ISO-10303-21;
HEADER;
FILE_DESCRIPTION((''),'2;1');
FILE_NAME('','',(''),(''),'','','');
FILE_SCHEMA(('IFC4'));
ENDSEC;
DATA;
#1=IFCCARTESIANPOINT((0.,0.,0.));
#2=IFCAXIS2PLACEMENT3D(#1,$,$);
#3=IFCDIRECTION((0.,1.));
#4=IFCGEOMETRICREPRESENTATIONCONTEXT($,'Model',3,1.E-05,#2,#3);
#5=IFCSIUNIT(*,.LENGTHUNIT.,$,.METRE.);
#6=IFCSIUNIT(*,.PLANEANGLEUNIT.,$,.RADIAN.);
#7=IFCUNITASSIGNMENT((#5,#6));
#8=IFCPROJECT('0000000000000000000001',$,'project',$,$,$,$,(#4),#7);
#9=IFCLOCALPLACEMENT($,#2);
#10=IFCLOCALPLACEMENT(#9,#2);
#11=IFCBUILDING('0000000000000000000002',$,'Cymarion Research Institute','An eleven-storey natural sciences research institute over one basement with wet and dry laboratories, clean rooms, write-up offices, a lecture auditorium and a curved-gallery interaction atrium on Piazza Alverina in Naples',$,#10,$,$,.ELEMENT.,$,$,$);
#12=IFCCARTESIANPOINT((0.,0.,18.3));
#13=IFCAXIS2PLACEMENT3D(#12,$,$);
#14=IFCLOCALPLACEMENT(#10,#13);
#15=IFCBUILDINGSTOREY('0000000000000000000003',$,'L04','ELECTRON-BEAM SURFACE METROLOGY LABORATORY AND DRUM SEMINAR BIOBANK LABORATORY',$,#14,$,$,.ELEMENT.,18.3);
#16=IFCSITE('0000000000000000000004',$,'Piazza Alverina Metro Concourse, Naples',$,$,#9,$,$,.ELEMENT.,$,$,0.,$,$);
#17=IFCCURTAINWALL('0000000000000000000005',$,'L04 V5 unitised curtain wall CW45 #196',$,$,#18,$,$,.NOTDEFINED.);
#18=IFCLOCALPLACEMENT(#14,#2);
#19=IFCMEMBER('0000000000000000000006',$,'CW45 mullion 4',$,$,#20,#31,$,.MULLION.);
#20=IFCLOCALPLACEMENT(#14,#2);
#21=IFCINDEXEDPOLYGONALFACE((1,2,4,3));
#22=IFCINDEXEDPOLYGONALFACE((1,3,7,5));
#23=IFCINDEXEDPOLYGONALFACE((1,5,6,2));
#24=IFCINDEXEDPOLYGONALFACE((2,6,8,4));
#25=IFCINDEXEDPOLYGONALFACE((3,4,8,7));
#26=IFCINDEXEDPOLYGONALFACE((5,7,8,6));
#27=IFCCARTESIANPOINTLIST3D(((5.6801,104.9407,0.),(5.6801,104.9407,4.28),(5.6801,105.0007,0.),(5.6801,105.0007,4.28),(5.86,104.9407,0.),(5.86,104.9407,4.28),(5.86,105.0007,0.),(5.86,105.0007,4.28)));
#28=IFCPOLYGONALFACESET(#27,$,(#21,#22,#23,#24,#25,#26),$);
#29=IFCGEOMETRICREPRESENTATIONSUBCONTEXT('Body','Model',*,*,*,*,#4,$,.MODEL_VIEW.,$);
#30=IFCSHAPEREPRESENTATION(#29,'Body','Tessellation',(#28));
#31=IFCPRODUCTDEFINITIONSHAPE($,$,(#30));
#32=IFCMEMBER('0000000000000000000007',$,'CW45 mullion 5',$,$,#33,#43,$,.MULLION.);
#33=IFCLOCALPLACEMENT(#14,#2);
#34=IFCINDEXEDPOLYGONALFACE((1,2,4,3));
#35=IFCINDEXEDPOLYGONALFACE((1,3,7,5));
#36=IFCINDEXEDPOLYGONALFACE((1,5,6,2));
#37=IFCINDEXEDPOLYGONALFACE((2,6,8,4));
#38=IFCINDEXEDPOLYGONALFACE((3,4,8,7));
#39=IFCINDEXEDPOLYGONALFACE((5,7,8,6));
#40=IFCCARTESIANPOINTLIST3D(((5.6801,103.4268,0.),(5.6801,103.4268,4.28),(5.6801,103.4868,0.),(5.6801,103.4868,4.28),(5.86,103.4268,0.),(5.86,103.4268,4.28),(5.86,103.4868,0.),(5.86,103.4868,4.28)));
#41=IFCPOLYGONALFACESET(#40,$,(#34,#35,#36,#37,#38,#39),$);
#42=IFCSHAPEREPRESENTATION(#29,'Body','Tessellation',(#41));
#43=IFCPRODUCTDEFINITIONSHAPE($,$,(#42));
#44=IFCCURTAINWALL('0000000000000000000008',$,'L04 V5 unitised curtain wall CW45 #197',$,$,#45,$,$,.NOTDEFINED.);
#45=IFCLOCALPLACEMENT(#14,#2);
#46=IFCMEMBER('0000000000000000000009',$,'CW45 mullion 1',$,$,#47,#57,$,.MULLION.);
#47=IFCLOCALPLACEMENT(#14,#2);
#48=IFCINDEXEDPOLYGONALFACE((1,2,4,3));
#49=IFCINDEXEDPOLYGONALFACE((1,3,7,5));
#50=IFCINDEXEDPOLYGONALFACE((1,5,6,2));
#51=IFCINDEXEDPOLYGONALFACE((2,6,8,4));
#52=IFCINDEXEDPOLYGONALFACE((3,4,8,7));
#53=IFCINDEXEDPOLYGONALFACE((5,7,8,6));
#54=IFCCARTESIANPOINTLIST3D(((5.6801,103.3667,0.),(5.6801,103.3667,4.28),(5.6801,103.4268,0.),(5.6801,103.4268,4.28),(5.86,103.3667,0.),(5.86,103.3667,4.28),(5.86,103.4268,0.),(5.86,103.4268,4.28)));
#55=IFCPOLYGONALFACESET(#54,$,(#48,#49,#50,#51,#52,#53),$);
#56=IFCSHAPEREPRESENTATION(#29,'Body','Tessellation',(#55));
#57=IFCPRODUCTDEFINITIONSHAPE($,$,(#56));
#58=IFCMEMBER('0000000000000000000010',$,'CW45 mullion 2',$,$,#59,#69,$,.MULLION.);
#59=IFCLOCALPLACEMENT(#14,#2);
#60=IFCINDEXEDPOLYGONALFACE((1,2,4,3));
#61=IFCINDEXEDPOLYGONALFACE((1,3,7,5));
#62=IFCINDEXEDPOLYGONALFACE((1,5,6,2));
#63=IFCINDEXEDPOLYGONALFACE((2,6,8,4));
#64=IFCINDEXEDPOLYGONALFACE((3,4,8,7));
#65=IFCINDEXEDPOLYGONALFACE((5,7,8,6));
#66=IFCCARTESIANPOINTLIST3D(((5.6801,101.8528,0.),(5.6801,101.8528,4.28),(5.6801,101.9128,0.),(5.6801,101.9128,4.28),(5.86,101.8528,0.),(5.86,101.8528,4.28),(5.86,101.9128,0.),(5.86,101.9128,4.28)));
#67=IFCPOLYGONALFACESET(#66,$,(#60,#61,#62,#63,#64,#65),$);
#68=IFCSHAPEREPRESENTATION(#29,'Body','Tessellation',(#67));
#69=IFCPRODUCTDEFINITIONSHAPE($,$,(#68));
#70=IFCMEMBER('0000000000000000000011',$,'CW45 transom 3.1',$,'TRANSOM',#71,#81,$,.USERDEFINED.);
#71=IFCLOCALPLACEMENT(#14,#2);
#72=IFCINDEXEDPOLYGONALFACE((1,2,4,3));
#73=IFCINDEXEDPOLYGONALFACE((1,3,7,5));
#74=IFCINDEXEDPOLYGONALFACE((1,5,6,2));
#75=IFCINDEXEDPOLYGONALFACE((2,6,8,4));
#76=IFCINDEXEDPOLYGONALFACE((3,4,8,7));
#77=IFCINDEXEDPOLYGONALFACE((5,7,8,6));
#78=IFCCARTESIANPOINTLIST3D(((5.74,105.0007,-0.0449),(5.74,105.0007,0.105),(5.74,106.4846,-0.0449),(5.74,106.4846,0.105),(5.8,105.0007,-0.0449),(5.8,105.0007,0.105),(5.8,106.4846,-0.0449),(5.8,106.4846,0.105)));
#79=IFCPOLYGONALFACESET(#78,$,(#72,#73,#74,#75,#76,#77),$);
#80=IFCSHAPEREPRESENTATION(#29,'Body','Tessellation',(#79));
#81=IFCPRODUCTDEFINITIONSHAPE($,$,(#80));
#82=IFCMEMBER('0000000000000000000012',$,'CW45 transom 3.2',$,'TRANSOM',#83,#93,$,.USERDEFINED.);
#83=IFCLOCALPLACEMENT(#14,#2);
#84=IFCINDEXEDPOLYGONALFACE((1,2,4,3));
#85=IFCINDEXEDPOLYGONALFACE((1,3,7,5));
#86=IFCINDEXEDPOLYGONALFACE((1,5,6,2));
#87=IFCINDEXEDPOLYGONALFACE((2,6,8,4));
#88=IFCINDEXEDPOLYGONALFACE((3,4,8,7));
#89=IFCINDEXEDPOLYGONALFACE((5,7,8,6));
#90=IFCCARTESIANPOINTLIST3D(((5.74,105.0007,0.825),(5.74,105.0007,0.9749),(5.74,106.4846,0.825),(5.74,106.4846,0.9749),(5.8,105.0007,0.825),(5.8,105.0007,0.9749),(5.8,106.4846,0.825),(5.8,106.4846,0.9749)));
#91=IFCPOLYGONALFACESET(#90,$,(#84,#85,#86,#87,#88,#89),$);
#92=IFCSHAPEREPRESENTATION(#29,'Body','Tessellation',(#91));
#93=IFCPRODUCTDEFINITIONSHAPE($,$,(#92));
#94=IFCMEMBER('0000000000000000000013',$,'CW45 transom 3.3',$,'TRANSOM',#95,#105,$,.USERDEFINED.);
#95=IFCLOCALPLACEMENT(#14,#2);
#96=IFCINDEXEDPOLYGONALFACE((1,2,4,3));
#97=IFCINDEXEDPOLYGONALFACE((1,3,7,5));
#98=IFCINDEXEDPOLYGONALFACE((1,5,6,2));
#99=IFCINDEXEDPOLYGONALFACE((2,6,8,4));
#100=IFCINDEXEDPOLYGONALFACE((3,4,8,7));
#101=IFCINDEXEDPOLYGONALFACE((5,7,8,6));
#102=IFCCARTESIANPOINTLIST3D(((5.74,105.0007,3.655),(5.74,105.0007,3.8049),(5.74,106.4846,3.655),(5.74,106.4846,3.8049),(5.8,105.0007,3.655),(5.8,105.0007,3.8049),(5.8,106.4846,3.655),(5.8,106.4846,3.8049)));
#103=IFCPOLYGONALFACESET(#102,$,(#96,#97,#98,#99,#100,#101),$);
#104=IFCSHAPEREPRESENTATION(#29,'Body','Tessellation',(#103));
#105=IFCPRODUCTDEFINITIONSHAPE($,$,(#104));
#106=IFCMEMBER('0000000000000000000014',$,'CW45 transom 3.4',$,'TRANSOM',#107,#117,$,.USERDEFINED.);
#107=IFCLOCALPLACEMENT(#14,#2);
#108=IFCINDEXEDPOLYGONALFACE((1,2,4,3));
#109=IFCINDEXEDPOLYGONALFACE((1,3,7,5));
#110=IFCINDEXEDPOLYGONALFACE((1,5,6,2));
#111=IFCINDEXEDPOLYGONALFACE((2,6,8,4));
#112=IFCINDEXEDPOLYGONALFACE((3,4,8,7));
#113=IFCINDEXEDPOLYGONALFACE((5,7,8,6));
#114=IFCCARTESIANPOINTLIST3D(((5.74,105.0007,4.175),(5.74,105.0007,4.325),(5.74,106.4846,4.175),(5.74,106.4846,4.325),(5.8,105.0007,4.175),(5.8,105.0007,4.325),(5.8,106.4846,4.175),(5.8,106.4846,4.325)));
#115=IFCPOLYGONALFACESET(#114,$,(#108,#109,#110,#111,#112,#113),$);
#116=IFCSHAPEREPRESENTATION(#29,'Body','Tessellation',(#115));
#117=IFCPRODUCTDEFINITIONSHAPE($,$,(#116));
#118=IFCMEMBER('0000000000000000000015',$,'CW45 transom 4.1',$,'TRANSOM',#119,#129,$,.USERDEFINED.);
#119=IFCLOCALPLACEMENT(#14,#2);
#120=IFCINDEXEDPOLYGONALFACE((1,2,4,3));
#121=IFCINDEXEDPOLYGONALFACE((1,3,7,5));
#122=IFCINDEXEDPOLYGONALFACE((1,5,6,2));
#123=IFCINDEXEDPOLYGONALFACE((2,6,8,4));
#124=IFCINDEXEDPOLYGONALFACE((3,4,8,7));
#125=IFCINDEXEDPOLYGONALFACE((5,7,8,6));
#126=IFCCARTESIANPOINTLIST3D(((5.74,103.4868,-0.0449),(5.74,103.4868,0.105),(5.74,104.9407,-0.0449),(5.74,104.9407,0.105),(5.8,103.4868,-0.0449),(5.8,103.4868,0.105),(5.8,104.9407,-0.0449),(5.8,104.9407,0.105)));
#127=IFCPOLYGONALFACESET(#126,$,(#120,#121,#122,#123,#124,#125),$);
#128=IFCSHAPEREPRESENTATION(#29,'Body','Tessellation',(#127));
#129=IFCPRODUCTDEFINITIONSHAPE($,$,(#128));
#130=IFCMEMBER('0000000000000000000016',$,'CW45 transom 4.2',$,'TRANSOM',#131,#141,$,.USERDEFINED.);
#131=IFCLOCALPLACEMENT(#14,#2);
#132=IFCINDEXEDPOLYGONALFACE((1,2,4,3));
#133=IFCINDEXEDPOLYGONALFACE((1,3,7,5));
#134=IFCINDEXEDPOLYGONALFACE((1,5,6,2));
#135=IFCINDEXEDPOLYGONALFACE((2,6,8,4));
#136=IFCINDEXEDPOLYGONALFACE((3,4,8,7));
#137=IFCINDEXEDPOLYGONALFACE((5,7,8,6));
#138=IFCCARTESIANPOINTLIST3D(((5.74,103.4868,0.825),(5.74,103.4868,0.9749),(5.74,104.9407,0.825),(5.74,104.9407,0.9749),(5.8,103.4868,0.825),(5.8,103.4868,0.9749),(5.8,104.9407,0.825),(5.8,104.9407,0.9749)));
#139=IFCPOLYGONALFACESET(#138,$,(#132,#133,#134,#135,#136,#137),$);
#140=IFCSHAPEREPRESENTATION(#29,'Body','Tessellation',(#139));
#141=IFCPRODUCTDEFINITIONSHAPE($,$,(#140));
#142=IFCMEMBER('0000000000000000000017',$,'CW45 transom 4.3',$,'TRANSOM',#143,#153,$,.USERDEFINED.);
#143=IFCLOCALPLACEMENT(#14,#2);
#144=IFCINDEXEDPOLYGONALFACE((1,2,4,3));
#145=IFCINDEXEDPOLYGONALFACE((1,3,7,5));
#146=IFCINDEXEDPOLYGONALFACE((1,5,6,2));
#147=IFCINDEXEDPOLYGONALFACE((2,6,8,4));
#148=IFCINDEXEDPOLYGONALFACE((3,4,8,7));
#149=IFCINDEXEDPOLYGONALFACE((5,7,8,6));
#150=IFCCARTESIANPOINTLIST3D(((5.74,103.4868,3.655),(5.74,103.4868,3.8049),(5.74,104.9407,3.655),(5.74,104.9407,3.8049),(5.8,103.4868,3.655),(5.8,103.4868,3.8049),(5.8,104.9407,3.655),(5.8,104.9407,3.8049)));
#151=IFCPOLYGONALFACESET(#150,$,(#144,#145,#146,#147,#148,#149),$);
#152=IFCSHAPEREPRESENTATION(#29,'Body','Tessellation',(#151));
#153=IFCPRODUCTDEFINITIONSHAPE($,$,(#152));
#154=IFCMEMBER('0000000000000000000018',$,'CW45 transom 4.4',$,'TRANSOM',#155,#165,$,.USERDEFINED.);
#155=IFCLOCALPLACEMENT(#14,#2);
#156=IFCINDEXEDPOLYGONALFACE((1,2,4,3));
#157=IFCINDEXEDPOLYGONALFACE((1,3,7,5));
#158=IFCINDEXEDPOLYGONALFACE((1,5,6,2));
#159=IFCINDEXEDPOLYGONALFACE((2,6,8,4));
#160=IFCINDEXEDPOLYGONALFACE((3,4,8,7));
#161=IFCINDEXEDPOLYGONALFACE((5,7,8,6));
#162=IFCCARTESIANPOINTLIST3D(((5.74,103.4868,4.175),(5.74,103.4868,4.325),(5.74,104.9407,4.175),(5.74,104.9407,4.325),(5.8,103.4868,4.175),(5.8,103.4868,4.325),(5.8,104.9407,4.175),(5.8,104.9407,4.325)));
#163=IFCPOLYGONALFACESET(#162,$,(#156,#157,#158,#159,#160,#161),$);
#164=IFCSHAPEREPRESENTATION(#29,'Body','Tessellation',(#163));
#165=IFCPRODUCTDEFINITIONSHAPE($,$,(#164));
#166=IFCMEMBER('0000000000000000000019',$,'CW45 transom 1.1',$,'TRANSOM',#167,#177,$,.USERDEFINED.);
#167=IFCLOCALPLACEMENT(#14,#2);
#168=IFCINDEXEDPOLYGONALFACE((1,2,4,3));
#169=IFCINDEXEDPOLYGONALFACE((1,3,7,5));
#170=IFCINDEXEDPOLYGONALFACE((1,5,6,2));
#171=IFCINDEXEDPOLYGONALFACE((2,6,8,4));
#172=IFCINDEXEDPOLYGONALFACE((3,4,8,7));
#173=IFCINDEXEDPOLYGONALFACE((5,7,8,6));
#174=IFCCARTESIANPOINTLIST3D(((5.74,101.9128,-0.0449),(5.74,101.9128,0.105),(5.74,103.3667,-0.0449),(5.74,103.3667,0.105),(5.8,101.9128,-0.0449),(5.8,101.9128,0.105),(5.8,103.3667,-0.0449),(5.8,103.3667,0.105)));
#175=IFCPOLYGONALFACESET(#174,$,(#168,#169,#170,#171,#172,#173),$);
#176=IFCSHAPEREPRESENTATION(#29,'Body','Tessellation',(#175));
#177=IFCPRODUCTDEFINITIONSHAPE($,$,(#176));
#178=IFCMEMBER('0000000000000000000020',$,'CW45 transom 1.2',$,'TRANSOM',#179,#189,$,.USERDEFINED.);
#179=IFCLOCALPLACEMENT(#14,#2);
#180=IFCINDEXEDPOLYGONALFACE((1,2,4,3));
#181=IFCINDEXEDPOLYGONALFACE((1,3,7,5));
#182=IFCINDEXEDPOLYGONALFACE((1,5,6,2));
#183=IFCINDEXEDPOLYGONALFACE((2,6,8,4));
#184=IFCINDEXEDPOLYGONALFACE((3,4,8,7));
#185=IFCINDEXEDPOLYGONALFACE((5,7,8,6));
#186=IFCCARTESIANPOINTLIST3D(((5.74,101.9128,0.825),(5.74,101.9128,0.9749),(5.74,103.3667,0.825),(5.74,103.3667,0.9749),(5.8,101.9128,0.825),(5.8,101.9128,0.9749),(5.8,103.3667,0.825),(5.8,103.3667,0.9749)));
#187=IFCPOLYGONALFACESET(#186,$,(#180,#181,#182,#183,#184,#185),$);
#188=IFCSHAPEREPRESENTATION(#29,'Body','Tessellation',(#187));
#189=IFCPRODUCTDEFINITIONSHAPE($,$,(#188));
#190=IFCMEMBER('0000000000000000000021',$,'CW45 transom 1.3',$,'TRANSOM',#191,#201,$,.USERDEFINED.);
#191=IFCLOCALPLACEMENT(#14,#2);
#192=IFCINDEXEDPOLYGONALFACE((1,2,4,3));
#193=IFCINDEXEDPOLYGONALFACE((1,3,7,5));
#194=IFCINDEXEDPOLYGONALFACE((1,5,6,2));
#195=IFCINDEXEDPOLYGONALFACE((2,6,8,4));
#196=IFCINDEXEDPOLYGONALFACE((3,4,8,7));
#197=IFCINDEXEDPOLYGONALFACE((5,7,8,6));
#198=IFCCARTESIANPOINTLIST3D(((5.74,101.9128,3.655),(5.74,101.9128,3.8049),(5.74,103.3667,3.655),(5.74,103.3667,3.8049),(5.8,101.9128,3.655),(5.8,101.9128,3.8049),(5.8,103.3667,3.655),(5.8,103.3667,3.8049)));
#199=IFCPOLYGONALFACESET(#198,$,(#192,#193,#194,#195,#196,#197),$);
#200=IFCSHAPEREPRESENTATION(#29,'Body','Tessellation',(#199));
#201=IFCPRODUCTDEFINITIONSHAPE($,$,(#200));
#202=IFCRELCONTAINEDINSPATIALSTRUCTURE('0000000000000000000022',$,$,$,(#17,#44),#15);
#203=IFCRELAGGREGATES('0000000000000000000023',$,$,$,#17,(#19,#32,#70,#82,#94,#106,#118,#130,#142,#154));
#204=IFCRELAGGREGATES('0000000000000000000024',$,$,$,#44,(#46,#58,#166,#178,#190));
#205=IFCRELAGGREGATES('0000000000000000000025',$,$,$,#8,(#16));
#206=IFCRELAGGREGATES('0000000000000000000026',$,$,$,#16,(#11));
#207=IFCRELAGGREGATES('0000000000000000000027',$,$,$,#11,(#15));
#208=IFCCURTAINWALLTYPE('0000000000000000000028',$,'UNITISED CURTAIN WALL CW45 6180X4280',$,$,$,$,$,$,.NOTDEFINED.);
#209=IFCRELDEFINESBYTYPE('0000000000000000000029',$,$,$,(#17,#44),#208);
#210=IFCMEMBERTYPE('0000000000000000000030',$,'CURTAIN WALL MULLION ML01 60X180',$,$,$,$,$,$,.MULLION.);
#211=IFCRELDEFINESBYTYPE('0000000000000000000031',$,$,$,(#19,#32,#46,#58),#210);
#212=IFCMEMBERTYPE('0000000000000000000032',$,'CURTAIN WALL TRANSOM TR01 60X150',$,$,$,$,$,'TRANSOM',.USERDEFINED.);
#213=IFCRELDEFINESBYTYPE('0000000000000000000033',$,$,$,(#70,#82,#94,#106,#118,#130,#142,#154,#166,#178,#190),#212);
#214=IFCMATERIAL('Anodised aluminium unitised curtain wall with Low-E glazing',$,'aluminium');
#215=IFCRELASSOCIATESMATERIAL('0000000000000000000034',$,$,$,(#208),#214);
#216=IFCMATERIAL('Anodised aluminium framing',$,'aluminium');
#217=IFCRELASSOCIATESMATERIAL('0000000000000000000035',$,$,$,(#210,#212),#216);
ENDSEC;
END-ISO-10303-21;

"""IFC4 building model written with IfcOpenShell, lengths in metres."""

from ifc_helpers import new_model, si_unit, direction, frame, origin, origin_2d, place, context, subcontext, project, spatial, rectangle, extrude, material, material_profile, profile_set, type_object, element, aggregate, save


model = new_model("IFC4")

# Units and contexts
model_context = context("Model", 3, precision=1e-05, world=origin(), true_north=direction((0.0, 1.0)))
body_context = subcontext(model_context, "Body", "Model", "MODEL_VIEW")
ifc_project = project(units=[si_unit("LENGTHUNIT", "METRE"), si_unit("PLANEANGLEUNIT", "RADIAN")], contexts=[model_context])

# Site, building, storey
site_placement = place(None, origin())
site = spatial("IfcSite", under=ifc_project, at=site_placement, Name="Piazza Alverina Metro Concourse, Naples", CompositionType="ELEMENT", RefElevation=0.0)
building_placement = place(site_placement, origin())
building = spatial("IfcBuilding", under=site, at=building_placement, Name="Cymarion Research Institute", Description="An eleven-storey natural sciences research institute over one basement with wet and dry laboratories, clean rooms, write-up offices, a lecture auditorium and a curved-gallery interaction atrium on Piazza Alverina in Naples", CompositionType="ELEMENT")
storey_placement = place(building_placement, frame((0.0, 0.0, 18.3)))
storey = spatial("IfcBuildingStorey", under=building, at=storey_placement, Name="L04", Description="ELECTRON-BEAM SURFACE METROLOGY LABORATORY AND DRUM SEMINAR BIOBANK LABORATORY", CompositionType="ELEMENT", Elevation=18.3)

# Curtain walls, members
ifc_material_1 = material(Name="Anodised aluminium unitised curtain wall with Low-E glazing", Category="aluminium")
curtain_wall_type = type_object("IfcCurtainWallType", Name="UNITISED CURTAIN WALL CW45 6180X4280", PredefinedType="NOTDEFINED", material=ifc_material_1)
curtain_wall_1_placement = place(storey_placement, origin())
curtain_wall_1 = element("IfcCurtainWall", 1, at=curtain_wall_1_placement, inside=storey, type_object=curtain_wall_type, Name="L04 V5 unitised curtain wall CW45 #196", PredefinedType="NOTDEFINED")
ifc_material_2 = material(Name="Anodised aluminium framing", Category="aluminium")
ifc_material_profile_1 = material_profile(ifc_material_2, rectangle(XDim=0.0601, YDim=0.1799, at=origin_2d()), Name="ALU MULLION 60x180")
ifc_profile_set_1 = profile_set([ifc_material_profile_1], Name="Anodised aluminium framing")
member_type_1 = type_object("IfcMemberType", Name="CURTAIN WALL MULLION ML01 60X180", PredefinedType="MULLION", material=ifc_profile_set_1)
member_1_placement = place(storey_placement, frame((5.77, 104.9707, 0.0), z_axis=(0.0, 0.0, 1.0), x_axis=(0.0, -1.0, 0.0)))
member_1 = element("IfcMember", 2, at=member_1_placement, type_object=member_type_1, Name="CW45 mullion 4", PredefinedType="MULLION", context=body_context, shape_type="SweptSolid", body=[
    extrude(rectangle(XDim=0.0601, YDim=0.1799, at=origin_2d()), origin(), (0.0, 0.0, 1.0), 4.28),
])
member_2_placement = place(storey_placement, frame((5.77, 103.4568, 0.0), z_axis=(0.0, 0.0, 1.0), x_axis=(0.0, -1.0, 0.0)))
member_2 = element("IfcMember", 3, at=member_2_placement, type_object=member_type_1, Name="CW45 mullion 5", PredefinedType="MULLION", context=body_context, shape_type="SweptSolid", body=[
    extrude(rectangle(XDim=0.0601, YDim=0.1799, at=origin_2d()), origin(), (0.0, 0.0, 1.0), 4.28),
])
curtain_wall_2_placement = place(storey_placement, origin())
curtain_wall_2 = element("IfcCurtainWall", 4, at=curtain_wall_2_placement, inside=storey, type_object=curtain_wall_type, Name="L04 V5 unitised curtain wall CW45 #197", PredefinedType="NOTDEFINED")
member_3_placement = place(storey_placement, frame((5.77, 103.3967, 0.0), z_axis=(0.0, 0.0, 1.0), x_axis=(0.0, -1.0, 0.0)))
member_3 = element("IfcMember", 5, at=member_3_placement, type_object=member_type_1, Name="CW45 mullion 1", PredefinedType="MULLION", context=body_context, shape_type="SweptSolid", body=[
    extrude(rectangle(XDim=0.0601, YDim=0.1799, at=origin_2d()), origin(), (0.0, 0.0, 1.0), 4.28),
])
member_4_placement = place(storey_placement, frame((5.77, 101.8828, 0.0), z_axis=(0.0, 0.0, 1.0), x_axis=(0.0, -1.0, 0.0)))
member_4 = element("IfcMember", 6, at=member_4_placement, type_object=member_type_1, Name="CW45 mullion 2", PredefinedType="MULLION", context=body_context, shape_type="SweptSolid", body=[
    extrude(rectangle(XDim=0.0601, YDim=0.1799, at=origin_2d()), origin(), (0.0, 0.0, 1.0), 4.28),
])

# Members
ifc_material_profile_2 = material_profile(ifc_material_2, rectangle(XDim=0.0601, YDim=0.1499, at=origin_2d()), Name="ALU TRANSOM 60x150")
ifc_profile_set_2 = profile_set([ifc_material_profile_2], Name="Anodised aluminium framing")
member_type_2 = type_object("IfcMemberType", Name="CURTAIN WALL TRANSOM TR01 60X150", ElementType="TRANSOM", PredefinedType="USERDEFINED", material=ifc_profile_set_2)
member_5_placement = place(storey_placement, frame((5.77, 106.4846, 0.03), z_axis=(0.0, -1.0, 0.0), x_axis=(1.0, 0.0, 0.0)))
member_5 = element("IfcMember", 7, at=member_5_placement, type_object=member_type_2, Name="CW45 transom 3.1", ObjectType="TRANSOM", PredefinedType="USERDEFINED", context=body_context, shape_type="SweptSolid", body=[
    extrude(rectangle(XDim=0.0601, YDim=0.1499, at=origin_2d()), origin(), (0.0, 0.0, 1.0), 1.4839),
])
member_6_placement = place(storey_placement, frame((5.77, 106.4846, 0.8999), z_axis=(0.0, -1.0, 0.0), x_axis=(1.0, 0.0, 0.0)))
member_6 = element("IfcMember", 8, at=member_6_placement, type_object=member_type_2, Name="CW45 transom 3.2", ObjectType="TRANSOM", PredefinedType="USERDEFINED", context=body_context, shape_type="SweptSolid", body=[
    extrude(rectangle(XDim=0.0601, YDim=0.1499, at=origin_2d()), origin(), (0.0, 0.0, 1.0), 1.4839),
])
member_7_placement = place(storey_placement, frame((5.77, 106.4846, 3.73), z_axis=(0.0, -1.0, 0.0), x_axis=(1.0, 0.0, 0.0)))
member_7 = element("IfcMember", 9, at=member_7_placement, type_object=member_type_2, Name="CW45 transom 3.3", ObjectType="TRANSOM", PredefinedType="USERDEFINED", context=body_context, shape_type="SweptSolid", body=[
    extrude(rectangle(XDim=0.0601, YDim=0.1499, at=origin_2d()), origin(), (0.0, 0.0, 1.0), 1.4839),
])
member_8_placement = place(storey_placement, frame((5.77, 106.4846, 4.25), z_axis=(0.0, -1.0, 0.0), x_axis=(1.0, 0.0, 0.0)))
member_8 = element("IfcMember", 10, at=member_8_placement, type_object=member_type_2, Name="CW45 transom 3.4", ObjectType="TRANSOM", PredefinedType="USERDEFINED", context=body_context, shape_type="SweptSolid", body=[
    extrude(rectangle(XDim=0.0601, YDim=0.1499, at=origin_2d()), origin(), (0.0, 0.0, 1.0), 1.4839),
])
member_9_placement = place(storey_placement, frame((5.77, 104.9407, 0.03), z_axis=(0.0, -1.0, 0.0), x_axis=(1.0, 0.0, 0.0)))
member_9 = element("IfcMember", 11, at=member_9_placement, type_object=member_type_2, Name="CW45 transom 4.1", ObjectType="TRANSOM", PredefinedType="USERDEFINED", context=body_context, shape_type="SweptSolid", body=[
    extrude(rectangle(XDim=0.0601, YDim=0.1499, at=origin_2d()), origin(), (0.0, 0.0, 1.0), 1.4539),
])
member_10_placement = place(storey_placement, frame((5.77, 104.9407, 0.8999), z_axis=(0.0, -1.0, 0.0), x_axis=(1.0, 0.0, 0.0)))
member_10 = element("IfcMember", 12, at=member_10_placement, type_object=member_type_2, Name="CW45 transom 4.2", ObjectType="TRANSOM", PredefinedType="USERDEFINED", context=body_context, shape_type="SweptSolid", body=[
    extrude(rectangle(XDim=0.0601, YDim=0.1499, at=origin_2d()), origin(), (0.0, 0.0, 1.0), 1.4539),
])
member_11_placement = place(storey_placement, frame((5.77, 104.9407, 3.73), z_axis=(0.0, -1.0, 0.0), x_axis=(1.0, 0.0, 0.0)))
member_11 = element("IfcMember", 13, at=member_11_placement, type_object=member_type_2, Name="CW45 transom 4.3", ObjectType="TRANSOM", PredefinedType="USERDEFINED", context=body_context, shape_type="SweptSolid", body=[
    extrude(rectangle(XDim=0.0601, YDim=0.1499, at=origin_2d()), origin(), (0.0, 0.0, 1.0), 1.4539),
])
member_12_placement = place(storey_placement, frame((5.77, 104.9407, 4.25), z_axis=(0.0, -1.0, 0.0), x_axis=(1.0, 0.0, 0.0)))
member_12 = element("IfcMember", 14, at=member_12_placement, type_object=member_type_2, Name="CW45 transom 4.4", ObjectType="TRANSOM", PredefinedType="USERDEFINED", context=body_context, shape_type="SweptSolid", body=[
    extrude(rectangle(XDim=0.0601, YDim=0.1499, at=origin_2d()), origin(), (0.0, 0.0, 1.0), 1.4539),
])
member_13_placement = place(storey_placement, frame((5.77, 103.3667, 0.03), z_axis=(0.0, -1.0, 0.0), x_axis=(1.0, 0.0, 0.0)))
member_13 = element("IfcMember", 15, at=member_13_placement, type_object=member_type_2, Name="CW45 transom 1.1", ObjectType="TRANSOM", PredefinedType="USERDEFINED", context=body_context, shape_type="SweptSolid", body=[
    extrude(rectangle(XDim=0.0601, YDim=0.1499, at=origin_2d()), origin(), (0.0, 0.0, 1.0), 1.4539),
])
member_14_placement = place(storey_placement, frame((5.77, 103.3667, 0.8999), z_axis=(0.0, -1.0, 0.0), x_axis=(1.0, 0.0, 0.0)))
member_14 = element("IfcMember", 16, at=member_14_placement, type_object=member_type_2, Name="CW45 transom 1.2", ObjectType="TRANSOM", PredefinedType="USERDEFINED", context=body_context, shape_type="SweptSolid", body=[
    extrude(rectangle(XDim=0.0601, YDim=0.1499, at=origin_2d()), origin(), (0.0, 0.0, 1.0), 1.4539),
])
member_15_placement = place(storey_placement, frame((5.77, 103.3667, 3.73), z_axis=(0.0, -1.0, 0.0), x_axis=(1.0, 0.0, 0.0)))
member_15 = element("IfcMember", 17, at=member_15_placement, type_object=member_type_2, Name="CW45 transom 1.3", ObjectType="TRANSOM", PredefinedType="USERDEFINED", context=body_context, shape_type="SweptSolid", body=[
    extrude(rectangle(XDim=0.0601, YDim=0.1499, at=origin_2d()), origin(), (0.0, 0.0, 1.0), 1.4539),
])

aggregate(curtain_wall_1, [member_1, member_2, member_5, member_6, member_7, member_8, member_9, member_10, member_11, member_12])
aggregate(curtain_wall_2, [member_3, member_4, member_13, member_14, member_15])

save(model, "model.ifc")
